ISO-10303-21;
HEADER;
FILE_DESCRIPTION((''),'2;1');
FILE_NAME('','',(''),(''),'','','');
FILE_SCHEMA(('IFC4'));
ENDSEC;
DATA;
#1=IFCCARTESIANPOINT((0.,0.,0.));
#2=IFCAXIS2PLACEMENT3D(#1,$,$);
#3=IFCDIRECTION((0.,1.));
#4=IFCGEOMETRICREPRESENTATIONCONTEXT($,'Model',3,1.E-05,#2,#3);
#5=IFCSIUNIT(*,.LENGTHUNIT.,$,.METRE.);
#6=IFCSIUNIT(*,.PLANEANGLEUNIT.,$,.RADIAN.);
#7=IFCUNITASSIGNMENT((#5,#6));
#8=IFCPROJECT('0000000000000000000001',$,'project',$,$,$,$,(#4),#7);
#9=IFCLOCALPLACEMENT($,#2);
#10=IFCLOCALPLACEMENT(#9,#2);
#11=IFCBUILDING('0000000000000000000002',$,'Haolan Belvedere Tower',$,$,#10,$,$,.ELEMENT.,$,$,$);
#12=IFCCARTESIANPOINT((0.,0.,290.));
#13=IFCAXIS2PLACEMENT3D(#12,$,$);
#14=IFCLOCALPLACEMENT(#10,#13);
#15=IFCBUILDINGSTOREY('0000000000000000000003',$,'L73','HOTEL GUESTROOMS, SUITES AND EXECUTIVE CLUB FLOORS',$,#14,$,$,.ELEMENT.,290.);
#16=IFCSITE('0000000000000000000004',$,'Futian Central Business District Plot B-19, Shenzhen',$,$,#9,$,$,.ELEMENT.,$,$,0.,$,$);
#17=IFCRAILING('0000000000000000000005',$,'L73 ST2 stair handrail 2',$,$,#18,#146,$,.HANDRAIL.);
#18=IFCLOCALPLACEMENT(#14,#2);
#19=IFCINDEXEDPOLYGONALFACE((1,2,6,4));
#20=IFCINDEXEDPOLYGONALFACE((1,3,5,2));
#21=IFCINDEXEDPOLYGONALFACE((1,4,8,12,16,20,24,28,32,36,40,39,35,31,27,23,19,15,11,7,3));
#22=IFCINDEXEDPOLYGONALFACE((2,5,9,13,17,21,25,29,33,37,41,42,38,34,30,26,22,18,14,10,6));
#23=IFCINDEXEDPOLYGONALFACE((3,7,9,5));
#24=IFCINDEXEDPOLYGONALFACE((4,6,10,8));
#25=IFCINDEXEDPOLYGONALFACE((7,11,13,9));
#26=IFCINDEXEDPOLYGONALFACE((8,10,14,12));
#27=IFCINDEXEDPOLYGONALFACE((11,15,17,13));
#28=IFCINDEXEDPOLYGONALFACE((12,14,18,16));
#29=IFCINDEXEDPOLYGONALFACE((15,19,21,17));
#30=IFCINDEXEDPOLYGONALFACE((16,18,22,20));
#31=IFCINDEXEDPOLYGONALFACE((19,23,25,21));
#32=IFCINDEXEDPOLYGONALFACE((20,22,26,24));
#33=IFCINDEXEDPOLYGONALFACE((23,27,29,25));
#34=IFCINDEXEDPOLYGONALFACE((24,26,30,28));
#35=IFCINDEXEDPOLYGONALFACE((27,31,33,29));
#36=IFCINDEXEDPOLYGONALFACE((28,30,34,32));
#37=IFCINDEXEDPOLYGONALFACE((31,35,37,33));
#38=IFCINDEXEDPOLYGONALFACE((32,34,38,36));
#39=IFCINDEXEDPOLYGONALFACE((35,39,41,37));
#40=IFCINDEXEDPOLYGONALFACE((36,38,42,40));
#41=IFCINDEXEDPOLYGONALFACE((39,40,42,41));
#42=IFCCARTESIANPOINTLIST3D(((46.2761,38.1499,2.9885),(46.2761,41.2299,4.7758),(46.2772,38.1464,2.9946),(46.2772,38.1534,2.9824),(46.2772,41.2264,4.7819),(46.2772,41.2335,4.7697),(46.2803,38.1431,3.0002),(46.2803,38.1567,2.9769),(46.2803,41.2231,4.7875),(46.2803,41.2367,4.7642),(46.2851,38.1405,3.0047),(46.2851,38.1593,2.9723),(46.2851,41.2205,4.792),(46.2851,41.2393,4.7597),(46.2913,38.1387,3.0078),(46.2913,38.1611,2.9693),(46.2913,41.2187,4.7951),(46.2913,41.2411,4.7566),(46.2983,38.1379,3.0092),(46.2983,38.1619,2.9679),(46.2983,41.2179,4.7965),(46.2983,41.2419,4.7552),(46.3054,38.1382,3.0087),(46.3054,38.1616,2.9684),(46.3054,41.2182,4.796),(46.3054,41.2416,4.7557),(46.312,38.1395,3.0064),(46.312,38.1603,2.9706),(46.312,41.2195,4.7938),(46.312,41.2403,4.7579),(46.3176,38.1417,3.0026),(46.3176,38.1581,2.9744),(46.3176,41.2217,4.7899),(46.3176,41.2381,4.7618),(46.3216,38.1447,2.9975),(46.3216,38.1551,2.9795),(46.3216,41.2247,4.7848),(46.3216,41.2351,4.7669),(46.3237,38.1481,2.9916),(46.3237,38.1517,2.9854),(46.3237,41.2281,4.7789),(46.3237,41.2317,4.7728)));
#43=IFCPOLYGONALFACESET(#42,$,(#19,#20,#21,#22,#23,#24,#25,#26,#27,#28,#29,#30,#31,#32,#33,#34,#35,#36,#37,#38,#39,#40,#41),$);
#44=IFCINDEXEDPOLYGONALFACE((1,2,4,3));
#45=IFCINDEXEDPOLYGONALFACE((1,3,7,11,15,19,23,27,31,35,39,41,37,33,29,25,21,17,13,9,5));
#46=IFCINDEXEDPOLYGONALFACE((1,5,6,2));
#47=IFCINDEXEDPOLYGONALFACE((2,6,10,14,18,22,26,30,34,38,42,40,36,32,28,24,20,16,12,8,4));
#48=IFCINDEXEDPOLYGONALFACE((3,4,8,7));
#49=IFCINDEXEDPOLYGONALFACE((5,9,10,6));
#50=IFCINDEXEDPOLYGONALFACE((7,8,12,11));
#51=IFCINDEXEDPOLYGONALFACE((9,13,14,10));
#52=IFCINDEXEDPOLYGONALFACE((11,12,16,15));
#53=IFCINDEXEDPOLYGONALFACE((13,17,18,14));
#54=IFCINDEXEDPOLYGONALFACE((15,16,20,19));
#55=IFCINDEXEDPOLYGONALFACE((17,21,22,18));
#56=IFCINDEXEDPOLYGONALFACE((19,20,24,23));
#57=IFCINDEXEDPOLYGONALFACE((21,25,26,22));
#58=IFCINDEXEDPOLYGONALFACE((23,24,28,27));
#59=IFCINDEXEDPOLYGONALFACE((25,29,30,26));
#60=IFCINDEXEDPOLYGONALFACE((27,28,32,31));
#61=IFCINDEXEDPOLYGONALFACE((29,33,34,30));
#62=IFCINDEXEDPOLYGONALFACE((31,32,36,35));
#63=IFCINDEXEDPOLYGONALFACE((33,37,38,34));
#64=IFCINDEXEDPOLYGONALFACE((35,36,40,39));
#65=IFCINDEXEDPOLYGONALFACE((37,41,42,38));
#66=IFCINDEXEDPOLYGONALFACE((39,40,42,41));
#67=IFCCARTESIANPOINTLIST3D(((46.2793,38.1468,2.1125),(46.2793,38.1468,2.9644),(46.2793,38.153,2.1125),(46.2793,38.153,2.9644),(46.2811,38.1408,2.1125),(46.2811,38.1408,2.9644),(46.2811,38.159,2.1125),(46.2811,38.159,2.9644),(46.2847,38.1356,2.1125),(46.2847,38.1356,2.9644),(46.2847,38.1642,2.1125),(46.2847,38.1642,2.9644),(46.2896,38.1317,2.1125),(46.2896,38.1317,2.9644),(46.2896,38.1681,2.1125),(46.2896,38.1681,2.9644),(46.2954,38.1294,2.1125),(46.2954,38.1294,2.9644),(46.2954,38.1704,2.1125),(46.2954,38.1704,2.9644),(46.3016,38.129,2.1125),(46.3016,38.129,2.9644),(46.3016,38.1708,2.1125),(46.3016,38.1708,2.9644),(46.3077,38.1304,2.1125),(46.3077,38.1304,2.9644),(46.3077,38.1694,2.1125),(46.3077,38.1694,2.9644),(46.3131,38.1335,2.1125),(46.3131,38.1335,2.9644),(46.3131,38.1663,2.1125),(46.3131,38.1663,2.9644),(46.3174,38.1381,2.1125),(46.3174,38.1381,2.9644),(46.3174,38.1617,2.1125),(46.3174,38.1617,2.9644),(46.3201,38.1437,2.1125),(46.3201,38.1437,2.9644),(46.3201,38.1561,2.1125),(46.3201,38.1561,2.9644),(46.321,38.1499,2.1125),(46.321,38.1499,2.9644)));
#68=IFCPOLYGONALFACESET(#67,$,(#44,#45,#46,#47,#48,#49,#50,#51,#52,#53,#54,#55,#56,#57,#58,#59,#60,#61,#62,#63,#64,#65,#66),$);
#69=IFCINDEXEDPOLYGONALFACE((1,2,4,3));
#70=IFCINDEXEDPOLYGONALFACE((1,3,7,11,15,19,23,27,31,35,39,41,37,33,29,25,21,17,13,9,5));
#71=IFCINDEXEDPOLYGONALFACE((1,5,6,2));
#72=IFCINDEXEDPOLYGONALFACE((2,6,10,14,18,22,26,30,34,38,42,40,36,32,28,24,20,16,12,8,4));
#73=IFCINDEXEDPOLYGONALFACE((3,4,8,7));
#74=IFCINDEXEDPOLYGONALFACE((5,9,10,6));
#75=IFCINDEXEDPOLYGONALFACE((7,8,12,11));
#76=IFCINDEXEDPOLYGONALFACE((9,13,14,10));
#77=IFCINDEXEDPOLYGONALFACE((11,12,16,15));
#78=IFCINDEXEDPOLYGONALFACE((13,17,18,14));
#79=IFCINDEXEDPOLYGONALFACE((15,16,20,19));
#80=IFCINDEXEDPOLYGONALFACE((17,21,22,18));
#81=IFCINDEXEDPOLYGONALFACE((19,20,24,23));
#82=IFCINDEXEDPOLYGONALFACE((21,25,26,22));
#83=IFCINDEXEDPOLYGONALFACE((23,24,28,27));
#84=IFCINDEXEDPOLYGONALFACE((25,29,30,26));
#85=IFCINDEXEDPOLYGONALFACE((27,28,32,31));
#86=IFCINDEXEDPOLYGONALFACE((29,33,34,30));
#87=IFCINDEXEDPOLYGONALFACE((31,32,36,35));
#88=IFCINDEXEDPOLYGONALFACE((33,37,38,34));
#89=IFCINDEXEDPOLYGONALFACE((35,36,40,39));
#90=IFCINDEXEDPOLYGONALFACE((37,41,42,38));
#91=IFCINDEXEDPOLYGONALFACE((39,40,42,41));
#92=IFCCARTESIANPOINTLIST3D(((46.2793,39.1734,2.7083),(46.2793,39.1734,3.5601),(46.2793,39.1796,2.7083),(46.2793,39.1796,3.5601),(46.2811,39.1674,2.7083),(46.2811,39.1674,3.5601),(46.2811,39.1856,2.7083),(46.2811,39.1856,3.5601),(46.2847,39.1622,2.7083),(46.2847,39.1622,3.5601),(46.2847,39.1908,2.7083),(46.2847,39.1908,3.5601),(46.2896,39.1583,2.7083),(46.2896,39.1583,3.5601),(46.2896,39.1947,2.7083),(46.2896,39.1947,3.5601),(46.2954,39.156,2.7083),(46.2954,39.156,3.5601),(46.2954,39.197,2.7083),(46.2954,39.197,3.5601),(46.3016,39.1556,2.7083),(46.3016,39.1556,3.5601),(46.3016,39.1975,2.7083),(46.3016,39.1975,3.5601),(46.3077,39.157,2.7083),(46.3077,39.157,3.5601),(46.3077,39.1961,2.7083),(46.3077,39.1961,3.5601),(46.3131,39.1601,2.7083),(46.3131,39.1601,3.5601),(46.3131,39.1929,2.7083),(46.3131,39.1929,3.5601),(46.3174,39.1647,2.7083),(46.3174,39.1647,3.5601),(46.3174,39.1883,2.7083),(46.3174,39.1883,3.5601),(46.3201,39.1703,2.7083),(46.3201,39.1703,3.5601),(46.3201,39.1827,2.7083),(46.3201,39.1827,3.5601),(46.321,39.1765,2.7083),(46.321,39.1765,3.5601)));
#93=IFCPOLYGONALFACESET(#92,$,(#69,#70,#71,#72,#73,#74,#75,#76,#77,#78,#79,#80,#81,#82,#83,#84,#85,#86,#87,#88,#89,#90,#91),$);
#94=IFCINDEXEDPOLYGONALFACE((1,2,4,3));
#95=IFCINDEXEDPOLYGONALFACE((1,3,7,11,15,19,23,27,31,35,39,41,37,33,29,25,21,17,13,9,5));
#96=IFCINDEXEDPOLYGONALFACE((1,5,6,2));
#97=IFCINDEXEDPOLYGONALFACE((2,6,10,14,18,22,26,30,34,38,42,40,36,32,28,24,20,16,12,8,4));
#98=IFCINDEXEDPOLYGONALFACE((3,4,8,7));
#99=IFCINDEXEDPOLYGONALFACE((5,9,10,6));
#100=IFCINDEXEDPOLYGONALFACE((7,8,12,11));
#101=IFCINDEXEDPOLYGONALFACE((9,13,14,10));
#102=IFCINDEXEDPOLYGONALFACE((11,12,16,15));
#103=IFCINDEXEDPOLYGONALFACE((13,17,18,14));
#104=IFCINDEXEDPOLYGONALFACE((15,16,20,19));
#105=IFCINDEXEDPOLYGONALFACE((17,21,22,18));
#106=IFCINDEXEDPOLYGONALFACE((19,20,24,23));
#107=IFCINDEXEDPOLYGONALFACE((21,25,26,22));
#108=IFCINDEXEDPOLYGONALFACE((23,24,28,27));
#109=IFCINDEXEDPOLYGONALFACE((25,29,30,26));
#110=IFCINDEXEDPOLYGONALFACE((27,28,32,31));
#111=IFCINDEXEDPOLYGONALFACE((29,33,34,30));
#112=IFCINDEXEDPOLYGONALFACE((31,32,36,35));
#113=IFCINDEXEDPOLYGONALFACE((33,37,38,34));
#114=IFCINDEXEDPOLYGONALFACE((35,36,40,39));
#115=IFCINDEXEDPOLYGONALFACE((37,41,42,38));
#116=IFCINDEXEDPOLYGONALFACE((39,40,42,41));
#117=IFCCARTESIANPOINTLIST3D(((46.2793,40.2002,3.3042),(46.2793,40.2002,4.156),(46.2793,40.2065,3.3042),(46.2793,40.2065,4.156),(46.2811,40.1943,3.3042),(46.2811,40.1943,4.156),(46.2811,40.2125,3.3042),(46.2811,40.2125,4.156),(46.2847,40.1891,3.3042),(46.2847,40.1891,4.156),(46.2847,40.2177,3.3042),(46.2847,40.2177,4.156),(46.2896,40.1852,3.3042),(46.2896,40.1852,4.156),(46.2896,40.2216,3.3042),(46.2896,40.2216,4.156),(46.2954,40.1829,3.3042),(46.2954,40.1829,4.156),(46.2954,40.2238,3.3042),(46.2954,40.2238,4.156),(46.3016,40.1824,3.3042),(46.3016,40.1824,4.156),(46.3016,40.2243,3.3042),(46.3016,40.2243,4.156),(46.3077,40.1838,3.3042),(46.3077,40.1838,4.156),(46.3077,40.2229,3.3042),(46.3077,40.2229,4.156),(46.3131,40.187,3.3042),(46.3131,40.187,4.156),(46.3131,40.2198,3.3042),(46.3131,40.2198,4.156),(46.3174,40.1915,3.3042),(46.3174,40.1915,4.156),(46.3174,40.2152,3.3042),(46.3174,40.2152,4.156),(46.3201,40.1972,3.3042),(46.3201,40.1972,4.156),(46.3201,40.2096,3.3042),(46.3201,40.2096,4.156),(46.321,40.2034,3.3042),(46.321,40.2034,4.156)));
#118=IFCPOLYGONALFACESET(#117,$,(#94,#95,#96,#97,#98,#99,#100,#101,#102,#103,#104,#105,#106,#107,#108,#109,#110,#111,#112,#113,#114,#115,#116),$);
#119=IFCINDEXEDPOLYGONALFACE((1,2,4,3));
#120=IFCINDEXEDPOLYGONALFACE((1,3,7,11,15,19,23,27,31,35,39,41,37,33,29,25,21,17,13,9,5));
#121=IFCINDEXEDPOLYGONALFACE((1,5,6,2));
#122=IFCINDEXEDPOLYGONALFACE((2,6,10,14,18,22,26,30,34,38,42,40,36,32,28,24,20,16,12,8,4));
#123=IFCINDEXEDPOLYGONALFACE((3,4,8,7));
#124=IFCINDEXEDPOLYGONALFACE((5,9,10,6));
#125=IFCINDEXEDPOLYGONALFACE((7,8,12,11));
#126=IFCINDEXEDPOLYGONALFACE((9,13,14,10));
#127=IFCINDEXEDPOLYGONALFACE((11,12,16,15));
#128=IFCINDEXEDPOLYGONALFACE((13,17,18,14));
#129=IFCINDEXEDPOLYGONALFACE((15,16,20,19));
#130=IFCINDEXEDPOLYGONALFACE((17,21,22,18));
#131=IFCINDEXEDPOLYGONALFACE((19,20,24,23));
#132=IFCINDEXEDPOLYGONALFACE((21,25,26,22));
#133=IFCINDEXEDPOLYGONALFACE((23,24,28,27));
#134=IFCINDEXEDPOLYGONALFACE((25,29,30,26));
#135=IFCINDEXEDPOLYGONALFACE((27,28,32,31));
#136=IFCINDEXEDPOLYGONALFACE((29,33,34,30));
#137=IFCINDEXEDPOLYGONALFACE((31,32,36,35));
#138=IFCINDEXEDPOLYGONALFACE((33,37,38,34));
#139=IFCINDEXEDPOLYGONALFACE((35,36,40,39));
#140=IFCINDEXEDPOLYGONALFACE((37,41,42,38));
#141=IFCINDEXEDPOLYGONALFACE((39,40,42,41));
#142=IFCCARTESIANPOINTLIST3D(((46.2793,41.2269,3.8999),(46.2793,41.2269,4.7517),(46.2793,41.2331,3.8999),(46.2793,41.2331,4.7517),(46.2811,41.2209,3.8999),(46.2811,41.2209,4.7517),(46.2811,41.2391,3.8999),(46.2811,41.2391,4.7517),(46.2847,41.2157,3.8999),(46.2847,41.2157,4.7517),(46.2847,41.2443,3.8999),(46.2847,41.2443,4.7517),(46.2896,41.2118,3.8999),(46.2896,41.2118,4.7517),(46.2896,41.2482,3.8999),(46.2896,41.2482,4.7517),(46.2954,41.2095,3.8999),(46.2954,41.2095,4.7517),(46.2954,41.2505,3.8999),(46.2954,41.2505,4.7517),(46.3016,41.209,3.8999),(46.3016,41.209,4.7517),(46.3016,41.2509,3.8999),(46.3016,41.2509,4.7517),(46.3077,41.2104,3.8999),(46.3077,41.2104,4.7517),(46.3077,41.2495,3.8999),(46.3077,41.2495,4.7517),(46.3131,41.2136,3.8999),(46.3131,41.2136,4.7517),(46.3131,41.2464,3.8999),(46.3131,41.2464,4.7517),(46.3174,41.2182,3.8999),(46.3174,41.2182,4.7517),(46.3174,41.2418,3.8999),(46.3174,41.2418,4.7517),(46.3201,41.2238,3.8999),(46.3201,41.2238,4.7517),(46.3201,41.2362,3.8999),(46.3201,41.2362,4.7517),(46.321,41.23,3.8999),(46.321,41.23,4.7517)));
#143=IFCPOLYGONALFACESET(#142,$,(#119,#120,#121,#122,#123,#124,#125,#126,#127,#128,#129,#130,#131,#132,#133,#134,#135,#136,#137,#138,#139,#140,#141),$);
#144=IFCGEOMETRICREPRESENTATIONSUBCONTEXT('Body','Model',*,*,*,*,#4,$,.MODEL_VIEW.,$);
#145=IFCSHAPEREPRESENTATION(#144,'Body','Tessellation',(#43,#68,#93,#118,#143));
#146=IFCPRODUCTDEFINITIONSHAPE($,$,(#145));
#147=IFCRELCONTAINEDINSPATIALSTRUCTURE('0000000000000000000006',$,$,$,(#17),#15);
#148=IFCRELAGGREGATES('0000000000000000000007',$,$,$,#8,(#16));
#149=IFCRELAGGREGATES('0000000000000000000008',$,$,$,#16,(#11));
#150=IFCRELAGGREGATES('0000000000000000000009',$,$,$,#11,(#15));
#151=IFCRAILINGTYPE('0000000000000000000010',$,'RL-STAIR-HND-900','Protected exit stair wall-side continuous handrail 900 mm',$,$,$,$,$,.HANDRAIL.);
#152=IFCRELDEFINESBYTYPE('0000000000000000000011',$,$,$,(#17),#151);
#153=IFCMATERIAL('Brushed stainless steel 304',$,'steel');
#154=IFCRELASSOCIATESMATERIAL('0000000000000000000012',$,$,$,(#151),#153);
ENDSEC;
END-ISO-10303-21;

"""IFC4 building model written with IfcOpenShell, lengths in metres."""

from ifc_helpers import new_model, si_unit, direction, frame, origin, origin_2d, place, context, subcontext, project, spatial, circle, extrude, material, type_object, element, save


model = new_model("IFC4")

# Units and contexts
model_context = context("Model", 3, precision=1e-05, world=origin(), true_north=direction((0.0, 1.0)))
body_context = subcontext(model_context, "Body", "Model", "MODEL_VIEW")
ifc_project = project(units=[si_unit("LENGTHUNIT", "METRE"), si_unit("PLANEANGLEUNIT", "RADIAN")], contexts=[model_context])

# Site, building, storey
site_placement = place(None, origin())
site = spatial("IfcSite", under=ifc_project, at=site_placement, Name="Futian Central Business District Plot B-19, Shenzhen", CompositionType="ELEMENT", RefElevation=0.0)
building_placement = place(site_placement, origin())
building = spatial("IfcBuilding", under=site, at=building_placement, Name="Haolan Belvedere Tower", CompositionType="ELEMENT")
storey_placement = place(building_placement, frame((0.0, 0.0, 290.0)))
storey = spatial("IfcBuildingStorey", under=building, at=storey_placement, Name="L73", Description="HOTEL GUESTROOMS, SUITES AND EXECUTIVE CLUB FLOORS", CompositionType="ELEMENT", Elevation=290.0)

# Railing
ifc_material_1 = material(Name="Brushed stainless steel 304", Category="steel")
railing_type_1 = type_object("IfcRailingType", Name="RL-STAIR-HND-900", Description="Protected exit stair wall-side continuous handrail 900 mm", PredefinedType="HANDRAIL", material=ifc_material_1)
for number, where, name in (
    (1, (46.3, 38.1499, 2.1125), "L73 ST2 stair handrail 2"),
):
    element("IfcRailing", number, at=place(storey_placement, frame(where)), inside=storey, type_object=railing_type_1, Name=name, PredefinedType="HANDRAIL", context=body_context, shape_type="SweptSolid", body=[
        extrude(circle(Radius=0.0239, at=origin_2d()), frame((0.0, 0.0, 0.876), z_axis=(0.0, 0.86492, 0.501909), x_axis=(-1.0, 0.0, 0.0)), (0.0, 0.0, 1.0), 3.561),
        extrude(circle(Radius=0.021, at=origin_2d()), origin(), (0.0, 0.0, 1.0), 0.8518),
        extrude(circle(Radius=0.021, at=origin_2d()), frame((0.0, 1.0266, 0.5957)), (0.0, 0.0, 1.0), 0.8518),
        extrude(circle(Radius=0.021, at=origin_2d()), frame((0.0, 2.0535, 1.1917)), (0.0, 0.0, 1.0), 0.8518),
        extrude(circle(Radius=0.021, at=origin_2d()), frame((0.0, 3.0801, 1.7874)), (0.0, 0.0, 1.0), 0.8518),
    ])

save(model, "model.ifc")
